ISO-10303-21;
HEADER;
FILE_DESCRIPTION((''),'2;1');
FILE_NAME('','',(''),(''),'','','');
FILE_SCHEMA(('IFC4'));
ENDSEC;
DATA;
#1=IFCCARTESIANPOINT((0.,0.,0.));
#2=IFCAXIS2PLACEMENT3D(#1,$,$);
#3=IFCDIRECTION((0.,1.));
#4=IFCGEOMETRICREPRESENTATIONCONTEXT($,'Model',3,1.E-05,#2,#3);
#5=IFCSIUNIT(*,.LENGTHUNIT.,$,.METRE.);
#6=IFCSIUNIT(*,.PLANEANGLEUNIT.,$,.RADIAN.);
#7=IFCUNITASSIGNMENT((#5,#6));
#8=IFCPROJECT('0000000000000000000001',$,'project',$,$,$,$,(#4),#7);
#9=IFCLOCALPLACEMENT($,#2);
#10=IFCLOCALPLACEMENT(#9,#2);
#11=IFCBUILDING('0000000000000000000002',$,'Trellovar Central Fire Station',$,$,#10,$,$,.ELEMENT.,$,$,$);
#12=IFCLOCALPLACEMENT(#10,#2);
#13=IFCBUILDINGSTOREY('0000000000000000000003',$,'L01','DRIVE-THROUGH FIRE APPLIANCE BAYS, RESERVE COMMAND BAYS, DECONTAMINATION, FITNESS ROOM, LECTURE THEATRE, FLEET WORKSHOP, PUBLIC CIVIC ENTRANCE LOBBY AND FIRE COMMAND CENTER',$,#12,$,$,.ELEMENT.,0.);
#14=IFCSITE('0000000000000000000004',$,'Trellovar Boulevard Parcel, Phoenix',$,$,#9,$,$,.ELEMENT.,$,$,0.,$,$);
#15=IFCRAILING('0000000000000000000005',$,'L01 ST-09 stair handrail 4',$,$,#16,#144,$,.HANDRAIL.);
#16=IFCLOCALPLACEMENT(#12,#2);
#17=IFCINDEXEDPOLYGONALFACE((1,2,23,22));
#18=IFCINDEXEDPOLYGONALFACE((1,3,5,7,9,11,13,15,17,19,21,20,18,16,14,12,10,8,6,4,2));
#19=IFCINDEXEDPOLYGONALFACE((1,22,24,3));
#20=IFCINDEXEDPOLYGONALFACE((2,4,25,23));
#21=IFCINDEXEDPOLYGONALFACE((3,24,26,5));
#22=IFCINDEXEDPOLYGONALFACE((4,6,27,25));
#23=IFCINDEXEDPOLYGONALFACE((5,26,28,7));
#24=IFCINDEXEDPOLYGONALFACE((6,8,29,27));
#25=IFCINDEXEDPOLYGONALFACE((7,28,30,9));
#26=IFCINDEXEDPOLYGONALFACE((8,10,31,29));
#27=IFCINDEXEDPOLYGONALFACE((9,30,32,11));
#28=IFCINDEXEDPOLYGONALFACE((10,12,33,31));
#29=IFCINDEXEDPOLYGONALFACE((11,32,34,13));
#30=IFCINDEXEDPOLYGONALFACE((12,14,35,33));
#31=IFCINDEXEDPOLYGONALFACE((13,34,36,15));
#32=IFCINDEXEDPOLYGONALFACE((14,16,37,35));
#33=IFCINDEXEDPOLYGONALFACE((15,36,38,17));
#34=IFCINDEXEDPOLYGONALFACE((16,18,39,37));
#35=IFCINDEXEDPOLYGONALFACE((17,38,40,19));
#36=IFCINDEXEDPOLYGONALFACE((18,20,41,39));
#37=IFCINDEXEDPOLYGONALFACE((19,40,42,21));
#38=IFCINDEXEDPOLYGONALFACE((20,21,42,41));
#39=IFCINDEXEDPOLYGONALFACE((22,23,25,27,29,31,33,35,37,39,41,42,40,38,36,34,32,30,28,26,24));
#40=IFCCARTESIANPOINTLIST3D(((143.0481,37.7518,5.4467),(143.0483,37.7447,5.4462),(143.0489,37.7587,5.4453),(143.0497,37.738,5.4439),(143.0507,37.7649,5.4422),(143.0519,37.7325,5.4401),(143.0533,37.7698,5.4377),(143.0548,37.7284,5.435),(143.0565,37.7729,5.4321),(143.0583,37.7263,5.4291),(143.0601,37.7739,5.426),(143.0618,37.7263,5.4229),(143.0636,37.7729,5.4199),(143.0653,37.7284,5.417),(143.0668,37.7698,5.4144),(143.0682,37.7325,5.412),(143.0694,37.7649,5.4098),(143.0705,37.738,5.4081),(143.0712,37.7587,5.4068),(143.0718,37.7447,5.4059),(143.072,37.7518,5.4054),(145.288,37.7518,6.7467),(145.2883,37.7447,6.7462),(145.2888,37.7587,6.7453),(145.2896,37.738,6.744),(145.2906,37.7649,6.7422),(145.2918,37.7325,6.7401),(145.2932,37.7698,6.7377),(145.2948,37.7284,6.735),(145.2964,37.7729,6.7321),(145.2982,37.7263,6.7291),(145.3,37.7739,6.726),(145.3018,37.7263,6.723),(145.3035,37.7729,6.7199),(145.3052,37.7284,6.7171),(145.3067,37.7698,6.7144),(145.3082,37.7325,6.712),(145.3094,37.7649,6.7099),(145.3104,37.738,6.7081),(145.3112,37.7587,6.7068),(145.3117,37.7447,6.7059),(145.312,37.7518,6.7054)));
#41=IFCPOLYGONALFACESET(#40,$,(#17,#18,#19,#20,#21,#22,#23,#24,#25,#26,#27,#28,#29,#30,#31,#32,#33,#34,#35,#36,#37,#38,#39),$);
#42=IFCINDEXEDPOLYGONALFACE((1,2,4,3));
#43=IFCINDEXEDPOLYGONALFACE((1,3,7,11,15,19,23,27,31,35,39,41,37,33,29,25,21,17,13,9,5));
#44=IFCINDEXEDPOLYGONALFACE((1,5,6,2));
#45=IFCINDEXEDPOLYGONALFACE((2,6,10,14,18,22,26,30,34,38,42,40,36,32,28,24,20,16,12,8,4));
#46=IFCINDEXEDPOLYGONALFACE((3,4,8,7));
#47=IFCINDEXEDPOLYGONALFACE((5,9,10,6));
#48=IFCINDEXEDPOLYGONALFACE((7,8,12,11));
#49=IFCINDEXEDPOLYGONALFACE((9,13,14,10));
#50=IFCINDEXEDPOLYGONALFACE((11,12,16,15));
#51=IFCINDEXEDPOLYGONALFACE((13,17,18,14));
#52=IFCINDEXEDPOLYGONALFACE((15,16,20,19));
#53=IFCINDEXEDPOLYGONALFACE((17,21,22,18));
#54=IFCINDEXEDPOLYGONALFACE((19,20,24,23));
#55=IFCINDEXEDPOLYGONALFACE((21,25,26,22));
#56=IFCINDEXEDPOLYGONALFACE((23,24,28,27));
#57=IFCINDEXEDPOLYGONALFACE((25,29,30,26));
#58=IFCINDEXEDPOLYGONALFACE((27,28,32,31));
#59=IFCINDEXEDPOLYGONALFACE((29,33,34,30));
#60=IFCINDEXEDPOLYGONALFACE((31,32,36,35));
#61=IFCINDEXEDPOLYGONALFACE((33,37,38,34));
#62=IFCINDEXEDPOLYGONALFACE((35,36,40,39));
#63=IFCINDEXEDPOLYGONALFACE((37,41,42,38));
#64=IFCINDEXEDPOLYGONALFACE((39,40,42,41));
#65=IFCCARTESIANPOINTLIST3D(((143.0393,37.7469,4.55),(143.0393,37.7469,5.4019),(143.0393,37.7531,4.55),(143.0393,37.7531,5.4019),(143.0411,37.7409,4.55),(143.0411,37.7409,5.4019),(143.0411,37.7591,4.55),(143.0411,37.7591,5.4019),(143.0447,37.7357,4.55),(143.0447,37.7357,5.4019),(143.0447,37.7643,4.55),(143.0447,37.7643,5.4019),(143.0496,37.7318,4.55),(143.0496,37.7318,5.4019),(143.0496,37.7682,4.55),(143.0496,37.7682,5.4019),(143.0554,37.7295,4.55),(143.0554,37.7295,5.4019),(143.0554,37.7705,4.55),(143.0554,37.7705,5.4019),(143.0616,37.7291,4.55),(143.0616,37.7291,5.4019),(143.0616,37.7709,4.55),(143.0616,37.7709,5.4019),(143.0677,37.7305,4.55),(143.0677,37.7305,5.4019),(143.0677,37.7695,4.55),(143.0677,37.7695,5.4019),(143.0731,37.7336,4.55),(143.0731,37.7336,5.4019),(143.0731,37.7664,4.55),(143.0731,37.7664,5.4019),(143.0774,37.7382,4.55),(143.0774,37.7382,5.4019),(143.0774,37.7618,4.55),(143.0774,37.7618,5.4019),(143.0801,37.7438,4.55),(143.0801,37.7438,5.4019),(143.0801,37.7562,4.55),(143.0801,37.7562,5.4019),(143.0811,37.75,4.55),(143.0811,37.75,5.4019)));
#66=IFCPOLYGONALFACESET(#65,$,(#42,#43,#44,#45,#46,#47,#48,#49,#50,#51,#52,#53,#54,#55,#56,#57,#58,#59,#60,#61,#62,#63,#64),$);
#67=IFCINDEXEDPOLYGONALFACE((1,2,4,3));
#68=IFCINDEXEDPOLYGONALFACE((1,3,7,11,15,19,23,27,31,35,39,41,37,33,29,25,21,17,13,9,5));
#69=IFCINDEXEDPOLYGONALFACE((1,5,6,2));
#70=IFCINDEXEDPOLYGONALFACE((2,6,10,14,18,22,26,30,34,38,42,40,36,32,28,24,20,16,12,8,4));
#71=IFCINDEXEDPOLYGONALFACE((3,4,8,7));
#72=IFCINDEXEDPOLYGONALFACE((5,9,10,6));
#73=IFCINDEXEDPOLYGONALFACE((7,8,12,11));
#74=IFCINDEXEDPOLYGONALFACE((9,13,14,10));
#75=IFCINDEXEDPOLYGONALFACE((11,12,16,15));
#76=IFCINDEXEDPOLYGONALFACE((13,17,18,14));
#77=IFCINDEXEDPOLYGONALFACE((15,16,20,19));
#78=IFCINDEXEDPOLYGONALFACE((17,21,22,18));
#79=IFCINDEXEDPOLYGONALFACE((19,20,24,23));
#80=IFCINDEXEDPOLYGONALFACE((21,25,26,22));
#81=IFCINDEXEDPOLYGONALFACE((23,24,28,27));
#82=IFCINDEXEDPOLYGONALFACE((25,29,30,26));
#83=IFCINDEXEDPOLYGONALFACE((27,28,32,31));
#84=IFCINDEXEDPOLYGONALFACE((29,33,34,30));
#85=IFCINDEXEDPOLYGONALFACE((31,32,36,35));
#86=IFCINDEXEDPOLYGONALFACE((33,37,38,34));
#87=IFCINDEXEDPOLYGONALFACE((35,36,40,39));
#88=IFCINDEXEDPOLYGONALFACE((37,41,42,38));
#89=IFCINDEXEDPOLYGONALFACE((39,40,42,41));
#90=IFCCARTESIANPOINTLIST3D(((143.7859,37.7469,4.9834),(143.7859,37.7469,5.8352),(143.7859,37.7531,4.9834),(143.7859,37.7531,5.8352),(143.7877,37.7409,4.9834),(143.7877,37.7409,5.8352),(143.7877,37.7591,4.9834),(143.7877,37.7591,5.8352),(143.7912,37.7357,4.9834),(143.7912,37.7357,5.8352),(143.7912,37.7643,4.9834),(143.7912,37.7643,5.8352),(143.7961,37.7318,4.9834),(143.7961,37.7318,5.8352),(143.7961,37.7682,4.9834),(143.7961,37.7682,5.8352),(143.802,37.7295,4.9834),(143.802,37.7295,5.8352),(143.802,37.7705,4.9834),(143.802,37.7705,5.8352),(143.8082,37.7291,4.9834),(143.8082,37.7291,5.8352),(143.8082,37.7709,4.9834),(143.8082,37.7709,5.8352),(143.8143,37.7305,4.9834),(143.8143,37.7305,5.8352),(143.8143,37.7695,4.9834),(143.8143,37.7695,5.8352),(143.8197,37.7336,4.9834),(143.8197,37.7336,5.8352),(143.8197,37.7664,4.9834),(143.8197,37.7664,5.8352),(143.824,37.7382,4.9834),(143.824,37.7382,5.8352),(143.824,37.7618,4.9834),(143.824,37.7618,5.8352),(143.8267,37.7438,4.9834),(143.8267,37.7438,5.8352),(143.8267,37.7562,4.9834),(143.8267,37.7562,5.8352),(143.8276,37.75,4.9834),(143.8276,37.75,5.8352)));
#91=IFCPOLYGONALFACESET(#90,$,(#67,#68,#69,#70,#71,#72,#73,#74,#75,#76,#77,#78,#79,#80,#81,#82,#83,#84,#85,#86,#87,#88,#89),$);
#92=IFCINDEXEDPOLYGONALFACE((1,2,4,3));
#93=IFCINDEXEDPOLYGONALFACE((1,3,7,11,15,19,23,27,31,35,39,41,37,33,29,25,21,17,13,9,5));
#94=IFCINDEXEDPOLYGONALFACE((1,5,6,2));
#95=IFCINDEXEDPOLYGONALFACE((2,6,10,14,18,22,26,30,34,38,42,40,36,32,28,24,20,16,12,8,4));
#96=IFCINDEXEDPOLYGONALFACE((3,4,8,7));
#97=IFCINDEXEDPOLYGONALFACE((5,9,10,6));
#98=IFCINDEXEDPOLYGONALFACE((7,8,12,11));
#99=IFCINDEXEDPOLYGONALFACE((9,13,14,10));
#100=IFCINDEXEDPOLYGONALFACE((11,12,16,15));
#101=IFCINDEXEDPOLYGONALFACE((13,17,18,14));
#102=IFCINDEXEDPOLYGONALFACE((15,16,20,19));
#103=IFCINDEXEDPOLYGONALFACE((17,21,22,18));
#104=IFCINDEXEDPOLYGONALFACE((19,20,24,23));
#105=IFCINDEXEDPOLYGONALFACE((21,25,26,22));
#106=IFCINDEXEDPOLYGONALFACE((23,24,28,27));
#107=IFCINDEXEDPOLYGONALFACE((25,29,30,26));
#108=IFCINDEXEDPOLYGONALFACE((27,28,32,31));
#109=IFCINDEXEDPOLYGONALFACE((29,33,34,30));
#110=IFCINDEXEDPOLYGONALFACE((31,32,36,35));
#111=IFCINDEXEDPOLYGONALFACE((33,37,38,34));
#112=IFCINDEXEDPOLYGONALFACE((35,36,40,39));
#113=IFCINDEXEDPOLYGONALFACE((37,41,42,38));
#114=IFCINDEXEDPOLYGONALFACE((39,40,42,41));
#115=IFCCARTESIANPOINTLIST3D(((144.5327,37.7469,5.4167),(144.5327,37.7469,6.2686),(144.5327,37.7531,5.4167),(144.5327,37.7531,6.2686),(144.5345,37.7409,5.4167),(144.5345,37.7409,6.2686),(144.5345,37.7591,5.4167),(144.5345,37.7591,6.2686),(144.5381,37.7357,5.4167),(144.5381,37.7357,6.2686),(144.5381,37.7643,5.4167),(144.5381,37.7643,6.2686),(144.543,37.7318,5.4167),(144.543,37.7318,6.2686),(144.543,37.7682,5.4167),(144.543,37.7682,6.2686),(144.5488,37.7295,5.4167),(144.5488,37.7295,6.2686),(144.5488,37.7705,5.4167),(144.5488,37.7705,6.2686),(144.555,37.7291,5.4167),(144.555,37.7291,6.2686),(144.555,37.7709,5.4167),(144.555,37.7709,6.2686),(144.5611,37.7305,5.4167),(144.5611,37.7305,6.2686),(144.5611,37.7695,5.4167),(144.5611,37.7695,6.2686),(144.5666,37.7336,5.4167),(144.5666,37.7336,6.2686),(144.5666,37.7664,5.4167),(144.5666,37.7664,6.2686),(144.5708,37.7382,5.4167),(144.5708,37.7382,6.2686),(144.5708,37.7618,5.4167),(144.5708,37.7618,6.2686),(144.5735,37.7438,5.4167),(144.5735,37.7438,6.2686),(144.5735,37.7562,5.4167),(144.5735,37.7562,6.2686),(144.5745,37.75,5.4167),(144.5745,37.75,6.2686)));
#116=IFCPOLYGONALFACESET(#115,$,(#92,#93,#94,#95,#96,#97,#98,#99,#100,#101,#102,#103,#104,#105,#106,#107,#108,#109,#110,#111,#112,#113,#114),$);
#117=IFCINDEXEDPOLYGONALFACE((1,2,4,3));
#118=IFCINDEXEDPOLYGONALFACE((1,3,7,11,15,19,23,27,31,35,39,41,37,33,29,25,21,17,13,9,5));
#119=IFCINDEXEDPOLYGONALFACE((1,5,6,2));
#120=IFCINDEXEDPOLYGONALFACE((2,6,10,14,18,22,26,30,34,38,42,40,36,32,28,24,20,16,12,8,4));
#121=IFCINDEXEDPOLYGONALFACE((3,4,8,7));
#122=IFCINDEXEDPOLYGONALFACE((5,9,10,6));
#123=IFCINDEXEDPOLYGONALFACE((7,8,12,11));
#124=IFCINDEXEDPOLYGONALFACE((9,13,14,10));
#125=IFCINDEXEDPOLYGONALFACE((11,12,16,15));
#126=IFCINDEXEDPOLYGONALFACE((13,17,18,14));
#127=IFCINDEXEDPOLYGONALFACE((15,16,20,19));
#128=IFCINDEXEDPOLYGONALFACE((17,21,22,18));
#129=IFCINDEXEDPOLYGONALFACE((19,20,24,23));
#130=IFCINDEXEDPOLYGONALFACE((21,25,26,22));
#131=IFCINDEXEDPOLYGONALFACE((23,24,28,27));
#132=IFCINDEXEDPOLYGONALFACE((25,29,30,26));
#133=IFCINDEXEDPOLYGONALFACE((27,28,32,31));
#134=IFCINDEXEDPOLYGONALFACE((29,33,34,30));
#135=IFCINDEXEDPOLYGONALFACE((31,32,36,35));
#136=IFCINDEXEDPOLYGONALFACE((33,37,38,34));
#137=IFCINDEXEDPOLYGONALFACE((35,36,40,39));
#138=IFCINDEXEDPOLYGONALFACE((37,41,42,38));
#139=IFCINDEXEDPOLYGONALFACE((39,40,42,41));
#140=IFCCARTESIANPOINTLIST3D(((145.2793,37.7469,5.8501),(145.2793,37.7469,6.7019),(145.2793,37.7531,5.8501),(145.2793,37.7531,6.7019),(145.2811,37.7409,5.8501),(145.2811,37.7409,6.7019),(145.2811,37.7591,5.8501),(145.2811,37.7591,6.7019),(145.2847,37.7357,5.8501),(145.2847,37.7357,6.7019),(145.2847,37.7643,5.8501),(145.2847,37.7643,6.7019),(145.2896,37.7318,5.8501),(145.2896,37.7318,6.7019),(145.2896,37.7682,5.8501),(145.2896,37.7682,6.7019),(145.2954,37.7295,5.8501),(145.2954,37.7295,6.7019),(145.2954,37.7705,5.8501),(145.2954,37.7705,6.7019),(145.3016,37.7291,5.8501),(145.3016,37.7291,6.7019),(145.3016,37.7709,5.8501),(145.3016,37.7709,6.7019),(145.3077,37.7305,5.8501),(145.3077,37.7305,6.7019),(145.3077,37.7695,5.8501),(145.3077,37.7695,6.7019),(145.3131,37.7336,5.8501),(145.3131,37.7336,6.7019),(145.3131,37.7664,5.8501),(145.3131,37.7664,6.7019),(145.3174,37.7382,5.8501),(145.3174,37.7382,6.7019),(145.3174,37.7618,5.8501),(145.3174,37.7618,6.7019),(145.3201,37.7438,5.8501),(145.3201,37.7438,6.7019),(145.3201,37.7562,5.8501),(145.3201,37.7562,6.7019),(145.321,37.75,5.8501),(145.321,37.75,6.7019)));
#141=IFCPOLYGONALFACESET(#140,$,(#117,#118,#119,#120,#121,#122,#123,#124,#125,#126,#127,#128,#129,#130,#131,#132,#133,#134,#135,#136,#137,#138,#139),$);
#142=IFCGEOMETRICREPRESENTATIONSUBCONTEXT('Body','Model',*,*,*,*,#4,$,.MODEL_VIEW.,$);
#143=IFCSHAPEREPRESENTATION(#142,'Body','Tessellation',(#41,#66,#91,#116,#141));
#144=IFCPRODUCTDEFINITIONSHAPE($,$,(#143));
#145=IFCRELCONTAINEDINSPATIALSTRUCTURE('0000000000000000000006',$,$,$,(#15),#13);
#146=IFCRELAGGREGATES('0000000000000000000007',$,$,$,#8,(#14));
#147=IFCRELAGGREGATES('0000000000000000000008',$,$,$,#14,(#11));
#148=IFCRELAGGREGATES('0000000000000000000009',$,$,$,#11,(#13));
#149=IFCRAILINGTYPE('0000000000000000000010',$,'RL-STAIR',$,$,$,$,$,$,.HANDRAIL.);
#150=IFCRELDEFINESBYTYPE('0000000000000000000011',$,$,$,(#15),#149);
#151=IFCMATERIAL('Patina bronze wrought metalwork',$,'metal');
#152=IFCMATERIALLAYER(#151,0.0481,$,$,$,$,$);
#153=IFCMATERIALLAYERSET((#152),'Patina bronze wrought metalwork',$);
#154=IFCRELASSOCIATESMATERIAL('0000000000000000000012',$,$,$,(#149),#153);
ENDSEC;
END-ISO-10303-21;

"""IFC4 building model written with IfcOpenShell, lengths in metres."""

from ifc_helpers import new_model, si_unit, direction, frame, origin, origin_2d, place, context, subcontext, project, spatial, circle, extrude, material, layer, layer_set, type_object, element, save


model = new_model("IFC4")

# Units and contexts
model_context = context("Model", 3, precision=1e-05, world=origin(), true_north=direction((0.0, 1.0)))
body_context = subcontext(model_context, "Body", "Model", "MODEL_VIEW")
ifc_project = project(units=[si_unit("LENGTHUNIT", "METRE"), si_unit("PLANEANGLEUNIT", "RADIAN")], contexts=[model_context])

# Site, building, storey
site_placement = place(None, origin())
site = spatial("IfcSite", under=ifc_project, at=site_placement, Name="Trellovar Boulevard Parcel, Phoenix", CompositionType="ELEMENT", RefElevation=0.0)
building_placement = place(site_placement, origin())
building = spatial("IfcBuilding", under=site, at=building_placement, Name="Trellovar Central Fire Station", CompositionType="ELEMENT")
storey_placement = place(building_placement, origin())
storey = spatial("IfcBuildingStorey", under=building, at=storey_placement, Name="L01", Description="DRIVE-THROUGH FIRE APPLIANCE BAYS, RESERVE COMMAND BAYS, DECONTAMINATION, FITNESS ROOM, LECTURE THEATRE, FLEET WORKSHOP, PUBLIC CIVIC ENTRANCE LOBBY AND FIRE COMMAND CENTER", CompositionType="ELEMENT", Elevation=0.0)

# Railing
ifc_material_1 = material(Name="Patina bronze wrought metalwork", Category="metal")
ifc_layer_1 = layer(ifc_material_1, 0.0481)
ifc_layer_set_1 = layer_set([ifc_layer_1], Name="Patina bronze wrought metalwork")
railing_type_1 = type_object("IfcRailingType", Name="RL-STAIR", PredefinedType="HANDRAIL", material=ifc_layer_set_1)
for number, where, name in (
    (1, (143.0601, 37.75, 4.55), "L01 ST-09 stair handrail 4"),
):
    element("IfcRailing", number, at=place(storey_placement, frame(where)), inside=storey, type_object=railing_type_1, Name=name, PredefinedType="HANDRAIL", context=body_context, shape_type="SweptSolid", body=[
        extrude(circle(Radius=0.0239, at=origin_2d()), frame((0.0, 0.0, 0.876), z_axis=(0.864888, 0.0, 0.501965), x_axis=(0.0, 1.0, 0.0)), (0.0, 0.0, 1.0), 2.5898),
        extrude(circle(Radius=0.021, at=origin_2d()), origin(), (0.0, 0.0, 1.0), 0.8518),
        extrude(circle(Radius=0.021, at=origin_2d()), frame((0.7466, 0.0, 0.4333)), (0.0, 0.0, 1.0), 0.8518),
        extrude(circle(Radius=0.021, at=origin_2d()), frame((1.4934, 0.0, 0.8667)), (0.0, 0.0, 1.0), 0.8518),
        extrude(circle(Radius=0.021, at=origin_2d()), frame((2.24, 0.0, 1.3)), (0.0, 0.0, 1.0), 0.8518),
    ])

save(model, "model.ifc")
